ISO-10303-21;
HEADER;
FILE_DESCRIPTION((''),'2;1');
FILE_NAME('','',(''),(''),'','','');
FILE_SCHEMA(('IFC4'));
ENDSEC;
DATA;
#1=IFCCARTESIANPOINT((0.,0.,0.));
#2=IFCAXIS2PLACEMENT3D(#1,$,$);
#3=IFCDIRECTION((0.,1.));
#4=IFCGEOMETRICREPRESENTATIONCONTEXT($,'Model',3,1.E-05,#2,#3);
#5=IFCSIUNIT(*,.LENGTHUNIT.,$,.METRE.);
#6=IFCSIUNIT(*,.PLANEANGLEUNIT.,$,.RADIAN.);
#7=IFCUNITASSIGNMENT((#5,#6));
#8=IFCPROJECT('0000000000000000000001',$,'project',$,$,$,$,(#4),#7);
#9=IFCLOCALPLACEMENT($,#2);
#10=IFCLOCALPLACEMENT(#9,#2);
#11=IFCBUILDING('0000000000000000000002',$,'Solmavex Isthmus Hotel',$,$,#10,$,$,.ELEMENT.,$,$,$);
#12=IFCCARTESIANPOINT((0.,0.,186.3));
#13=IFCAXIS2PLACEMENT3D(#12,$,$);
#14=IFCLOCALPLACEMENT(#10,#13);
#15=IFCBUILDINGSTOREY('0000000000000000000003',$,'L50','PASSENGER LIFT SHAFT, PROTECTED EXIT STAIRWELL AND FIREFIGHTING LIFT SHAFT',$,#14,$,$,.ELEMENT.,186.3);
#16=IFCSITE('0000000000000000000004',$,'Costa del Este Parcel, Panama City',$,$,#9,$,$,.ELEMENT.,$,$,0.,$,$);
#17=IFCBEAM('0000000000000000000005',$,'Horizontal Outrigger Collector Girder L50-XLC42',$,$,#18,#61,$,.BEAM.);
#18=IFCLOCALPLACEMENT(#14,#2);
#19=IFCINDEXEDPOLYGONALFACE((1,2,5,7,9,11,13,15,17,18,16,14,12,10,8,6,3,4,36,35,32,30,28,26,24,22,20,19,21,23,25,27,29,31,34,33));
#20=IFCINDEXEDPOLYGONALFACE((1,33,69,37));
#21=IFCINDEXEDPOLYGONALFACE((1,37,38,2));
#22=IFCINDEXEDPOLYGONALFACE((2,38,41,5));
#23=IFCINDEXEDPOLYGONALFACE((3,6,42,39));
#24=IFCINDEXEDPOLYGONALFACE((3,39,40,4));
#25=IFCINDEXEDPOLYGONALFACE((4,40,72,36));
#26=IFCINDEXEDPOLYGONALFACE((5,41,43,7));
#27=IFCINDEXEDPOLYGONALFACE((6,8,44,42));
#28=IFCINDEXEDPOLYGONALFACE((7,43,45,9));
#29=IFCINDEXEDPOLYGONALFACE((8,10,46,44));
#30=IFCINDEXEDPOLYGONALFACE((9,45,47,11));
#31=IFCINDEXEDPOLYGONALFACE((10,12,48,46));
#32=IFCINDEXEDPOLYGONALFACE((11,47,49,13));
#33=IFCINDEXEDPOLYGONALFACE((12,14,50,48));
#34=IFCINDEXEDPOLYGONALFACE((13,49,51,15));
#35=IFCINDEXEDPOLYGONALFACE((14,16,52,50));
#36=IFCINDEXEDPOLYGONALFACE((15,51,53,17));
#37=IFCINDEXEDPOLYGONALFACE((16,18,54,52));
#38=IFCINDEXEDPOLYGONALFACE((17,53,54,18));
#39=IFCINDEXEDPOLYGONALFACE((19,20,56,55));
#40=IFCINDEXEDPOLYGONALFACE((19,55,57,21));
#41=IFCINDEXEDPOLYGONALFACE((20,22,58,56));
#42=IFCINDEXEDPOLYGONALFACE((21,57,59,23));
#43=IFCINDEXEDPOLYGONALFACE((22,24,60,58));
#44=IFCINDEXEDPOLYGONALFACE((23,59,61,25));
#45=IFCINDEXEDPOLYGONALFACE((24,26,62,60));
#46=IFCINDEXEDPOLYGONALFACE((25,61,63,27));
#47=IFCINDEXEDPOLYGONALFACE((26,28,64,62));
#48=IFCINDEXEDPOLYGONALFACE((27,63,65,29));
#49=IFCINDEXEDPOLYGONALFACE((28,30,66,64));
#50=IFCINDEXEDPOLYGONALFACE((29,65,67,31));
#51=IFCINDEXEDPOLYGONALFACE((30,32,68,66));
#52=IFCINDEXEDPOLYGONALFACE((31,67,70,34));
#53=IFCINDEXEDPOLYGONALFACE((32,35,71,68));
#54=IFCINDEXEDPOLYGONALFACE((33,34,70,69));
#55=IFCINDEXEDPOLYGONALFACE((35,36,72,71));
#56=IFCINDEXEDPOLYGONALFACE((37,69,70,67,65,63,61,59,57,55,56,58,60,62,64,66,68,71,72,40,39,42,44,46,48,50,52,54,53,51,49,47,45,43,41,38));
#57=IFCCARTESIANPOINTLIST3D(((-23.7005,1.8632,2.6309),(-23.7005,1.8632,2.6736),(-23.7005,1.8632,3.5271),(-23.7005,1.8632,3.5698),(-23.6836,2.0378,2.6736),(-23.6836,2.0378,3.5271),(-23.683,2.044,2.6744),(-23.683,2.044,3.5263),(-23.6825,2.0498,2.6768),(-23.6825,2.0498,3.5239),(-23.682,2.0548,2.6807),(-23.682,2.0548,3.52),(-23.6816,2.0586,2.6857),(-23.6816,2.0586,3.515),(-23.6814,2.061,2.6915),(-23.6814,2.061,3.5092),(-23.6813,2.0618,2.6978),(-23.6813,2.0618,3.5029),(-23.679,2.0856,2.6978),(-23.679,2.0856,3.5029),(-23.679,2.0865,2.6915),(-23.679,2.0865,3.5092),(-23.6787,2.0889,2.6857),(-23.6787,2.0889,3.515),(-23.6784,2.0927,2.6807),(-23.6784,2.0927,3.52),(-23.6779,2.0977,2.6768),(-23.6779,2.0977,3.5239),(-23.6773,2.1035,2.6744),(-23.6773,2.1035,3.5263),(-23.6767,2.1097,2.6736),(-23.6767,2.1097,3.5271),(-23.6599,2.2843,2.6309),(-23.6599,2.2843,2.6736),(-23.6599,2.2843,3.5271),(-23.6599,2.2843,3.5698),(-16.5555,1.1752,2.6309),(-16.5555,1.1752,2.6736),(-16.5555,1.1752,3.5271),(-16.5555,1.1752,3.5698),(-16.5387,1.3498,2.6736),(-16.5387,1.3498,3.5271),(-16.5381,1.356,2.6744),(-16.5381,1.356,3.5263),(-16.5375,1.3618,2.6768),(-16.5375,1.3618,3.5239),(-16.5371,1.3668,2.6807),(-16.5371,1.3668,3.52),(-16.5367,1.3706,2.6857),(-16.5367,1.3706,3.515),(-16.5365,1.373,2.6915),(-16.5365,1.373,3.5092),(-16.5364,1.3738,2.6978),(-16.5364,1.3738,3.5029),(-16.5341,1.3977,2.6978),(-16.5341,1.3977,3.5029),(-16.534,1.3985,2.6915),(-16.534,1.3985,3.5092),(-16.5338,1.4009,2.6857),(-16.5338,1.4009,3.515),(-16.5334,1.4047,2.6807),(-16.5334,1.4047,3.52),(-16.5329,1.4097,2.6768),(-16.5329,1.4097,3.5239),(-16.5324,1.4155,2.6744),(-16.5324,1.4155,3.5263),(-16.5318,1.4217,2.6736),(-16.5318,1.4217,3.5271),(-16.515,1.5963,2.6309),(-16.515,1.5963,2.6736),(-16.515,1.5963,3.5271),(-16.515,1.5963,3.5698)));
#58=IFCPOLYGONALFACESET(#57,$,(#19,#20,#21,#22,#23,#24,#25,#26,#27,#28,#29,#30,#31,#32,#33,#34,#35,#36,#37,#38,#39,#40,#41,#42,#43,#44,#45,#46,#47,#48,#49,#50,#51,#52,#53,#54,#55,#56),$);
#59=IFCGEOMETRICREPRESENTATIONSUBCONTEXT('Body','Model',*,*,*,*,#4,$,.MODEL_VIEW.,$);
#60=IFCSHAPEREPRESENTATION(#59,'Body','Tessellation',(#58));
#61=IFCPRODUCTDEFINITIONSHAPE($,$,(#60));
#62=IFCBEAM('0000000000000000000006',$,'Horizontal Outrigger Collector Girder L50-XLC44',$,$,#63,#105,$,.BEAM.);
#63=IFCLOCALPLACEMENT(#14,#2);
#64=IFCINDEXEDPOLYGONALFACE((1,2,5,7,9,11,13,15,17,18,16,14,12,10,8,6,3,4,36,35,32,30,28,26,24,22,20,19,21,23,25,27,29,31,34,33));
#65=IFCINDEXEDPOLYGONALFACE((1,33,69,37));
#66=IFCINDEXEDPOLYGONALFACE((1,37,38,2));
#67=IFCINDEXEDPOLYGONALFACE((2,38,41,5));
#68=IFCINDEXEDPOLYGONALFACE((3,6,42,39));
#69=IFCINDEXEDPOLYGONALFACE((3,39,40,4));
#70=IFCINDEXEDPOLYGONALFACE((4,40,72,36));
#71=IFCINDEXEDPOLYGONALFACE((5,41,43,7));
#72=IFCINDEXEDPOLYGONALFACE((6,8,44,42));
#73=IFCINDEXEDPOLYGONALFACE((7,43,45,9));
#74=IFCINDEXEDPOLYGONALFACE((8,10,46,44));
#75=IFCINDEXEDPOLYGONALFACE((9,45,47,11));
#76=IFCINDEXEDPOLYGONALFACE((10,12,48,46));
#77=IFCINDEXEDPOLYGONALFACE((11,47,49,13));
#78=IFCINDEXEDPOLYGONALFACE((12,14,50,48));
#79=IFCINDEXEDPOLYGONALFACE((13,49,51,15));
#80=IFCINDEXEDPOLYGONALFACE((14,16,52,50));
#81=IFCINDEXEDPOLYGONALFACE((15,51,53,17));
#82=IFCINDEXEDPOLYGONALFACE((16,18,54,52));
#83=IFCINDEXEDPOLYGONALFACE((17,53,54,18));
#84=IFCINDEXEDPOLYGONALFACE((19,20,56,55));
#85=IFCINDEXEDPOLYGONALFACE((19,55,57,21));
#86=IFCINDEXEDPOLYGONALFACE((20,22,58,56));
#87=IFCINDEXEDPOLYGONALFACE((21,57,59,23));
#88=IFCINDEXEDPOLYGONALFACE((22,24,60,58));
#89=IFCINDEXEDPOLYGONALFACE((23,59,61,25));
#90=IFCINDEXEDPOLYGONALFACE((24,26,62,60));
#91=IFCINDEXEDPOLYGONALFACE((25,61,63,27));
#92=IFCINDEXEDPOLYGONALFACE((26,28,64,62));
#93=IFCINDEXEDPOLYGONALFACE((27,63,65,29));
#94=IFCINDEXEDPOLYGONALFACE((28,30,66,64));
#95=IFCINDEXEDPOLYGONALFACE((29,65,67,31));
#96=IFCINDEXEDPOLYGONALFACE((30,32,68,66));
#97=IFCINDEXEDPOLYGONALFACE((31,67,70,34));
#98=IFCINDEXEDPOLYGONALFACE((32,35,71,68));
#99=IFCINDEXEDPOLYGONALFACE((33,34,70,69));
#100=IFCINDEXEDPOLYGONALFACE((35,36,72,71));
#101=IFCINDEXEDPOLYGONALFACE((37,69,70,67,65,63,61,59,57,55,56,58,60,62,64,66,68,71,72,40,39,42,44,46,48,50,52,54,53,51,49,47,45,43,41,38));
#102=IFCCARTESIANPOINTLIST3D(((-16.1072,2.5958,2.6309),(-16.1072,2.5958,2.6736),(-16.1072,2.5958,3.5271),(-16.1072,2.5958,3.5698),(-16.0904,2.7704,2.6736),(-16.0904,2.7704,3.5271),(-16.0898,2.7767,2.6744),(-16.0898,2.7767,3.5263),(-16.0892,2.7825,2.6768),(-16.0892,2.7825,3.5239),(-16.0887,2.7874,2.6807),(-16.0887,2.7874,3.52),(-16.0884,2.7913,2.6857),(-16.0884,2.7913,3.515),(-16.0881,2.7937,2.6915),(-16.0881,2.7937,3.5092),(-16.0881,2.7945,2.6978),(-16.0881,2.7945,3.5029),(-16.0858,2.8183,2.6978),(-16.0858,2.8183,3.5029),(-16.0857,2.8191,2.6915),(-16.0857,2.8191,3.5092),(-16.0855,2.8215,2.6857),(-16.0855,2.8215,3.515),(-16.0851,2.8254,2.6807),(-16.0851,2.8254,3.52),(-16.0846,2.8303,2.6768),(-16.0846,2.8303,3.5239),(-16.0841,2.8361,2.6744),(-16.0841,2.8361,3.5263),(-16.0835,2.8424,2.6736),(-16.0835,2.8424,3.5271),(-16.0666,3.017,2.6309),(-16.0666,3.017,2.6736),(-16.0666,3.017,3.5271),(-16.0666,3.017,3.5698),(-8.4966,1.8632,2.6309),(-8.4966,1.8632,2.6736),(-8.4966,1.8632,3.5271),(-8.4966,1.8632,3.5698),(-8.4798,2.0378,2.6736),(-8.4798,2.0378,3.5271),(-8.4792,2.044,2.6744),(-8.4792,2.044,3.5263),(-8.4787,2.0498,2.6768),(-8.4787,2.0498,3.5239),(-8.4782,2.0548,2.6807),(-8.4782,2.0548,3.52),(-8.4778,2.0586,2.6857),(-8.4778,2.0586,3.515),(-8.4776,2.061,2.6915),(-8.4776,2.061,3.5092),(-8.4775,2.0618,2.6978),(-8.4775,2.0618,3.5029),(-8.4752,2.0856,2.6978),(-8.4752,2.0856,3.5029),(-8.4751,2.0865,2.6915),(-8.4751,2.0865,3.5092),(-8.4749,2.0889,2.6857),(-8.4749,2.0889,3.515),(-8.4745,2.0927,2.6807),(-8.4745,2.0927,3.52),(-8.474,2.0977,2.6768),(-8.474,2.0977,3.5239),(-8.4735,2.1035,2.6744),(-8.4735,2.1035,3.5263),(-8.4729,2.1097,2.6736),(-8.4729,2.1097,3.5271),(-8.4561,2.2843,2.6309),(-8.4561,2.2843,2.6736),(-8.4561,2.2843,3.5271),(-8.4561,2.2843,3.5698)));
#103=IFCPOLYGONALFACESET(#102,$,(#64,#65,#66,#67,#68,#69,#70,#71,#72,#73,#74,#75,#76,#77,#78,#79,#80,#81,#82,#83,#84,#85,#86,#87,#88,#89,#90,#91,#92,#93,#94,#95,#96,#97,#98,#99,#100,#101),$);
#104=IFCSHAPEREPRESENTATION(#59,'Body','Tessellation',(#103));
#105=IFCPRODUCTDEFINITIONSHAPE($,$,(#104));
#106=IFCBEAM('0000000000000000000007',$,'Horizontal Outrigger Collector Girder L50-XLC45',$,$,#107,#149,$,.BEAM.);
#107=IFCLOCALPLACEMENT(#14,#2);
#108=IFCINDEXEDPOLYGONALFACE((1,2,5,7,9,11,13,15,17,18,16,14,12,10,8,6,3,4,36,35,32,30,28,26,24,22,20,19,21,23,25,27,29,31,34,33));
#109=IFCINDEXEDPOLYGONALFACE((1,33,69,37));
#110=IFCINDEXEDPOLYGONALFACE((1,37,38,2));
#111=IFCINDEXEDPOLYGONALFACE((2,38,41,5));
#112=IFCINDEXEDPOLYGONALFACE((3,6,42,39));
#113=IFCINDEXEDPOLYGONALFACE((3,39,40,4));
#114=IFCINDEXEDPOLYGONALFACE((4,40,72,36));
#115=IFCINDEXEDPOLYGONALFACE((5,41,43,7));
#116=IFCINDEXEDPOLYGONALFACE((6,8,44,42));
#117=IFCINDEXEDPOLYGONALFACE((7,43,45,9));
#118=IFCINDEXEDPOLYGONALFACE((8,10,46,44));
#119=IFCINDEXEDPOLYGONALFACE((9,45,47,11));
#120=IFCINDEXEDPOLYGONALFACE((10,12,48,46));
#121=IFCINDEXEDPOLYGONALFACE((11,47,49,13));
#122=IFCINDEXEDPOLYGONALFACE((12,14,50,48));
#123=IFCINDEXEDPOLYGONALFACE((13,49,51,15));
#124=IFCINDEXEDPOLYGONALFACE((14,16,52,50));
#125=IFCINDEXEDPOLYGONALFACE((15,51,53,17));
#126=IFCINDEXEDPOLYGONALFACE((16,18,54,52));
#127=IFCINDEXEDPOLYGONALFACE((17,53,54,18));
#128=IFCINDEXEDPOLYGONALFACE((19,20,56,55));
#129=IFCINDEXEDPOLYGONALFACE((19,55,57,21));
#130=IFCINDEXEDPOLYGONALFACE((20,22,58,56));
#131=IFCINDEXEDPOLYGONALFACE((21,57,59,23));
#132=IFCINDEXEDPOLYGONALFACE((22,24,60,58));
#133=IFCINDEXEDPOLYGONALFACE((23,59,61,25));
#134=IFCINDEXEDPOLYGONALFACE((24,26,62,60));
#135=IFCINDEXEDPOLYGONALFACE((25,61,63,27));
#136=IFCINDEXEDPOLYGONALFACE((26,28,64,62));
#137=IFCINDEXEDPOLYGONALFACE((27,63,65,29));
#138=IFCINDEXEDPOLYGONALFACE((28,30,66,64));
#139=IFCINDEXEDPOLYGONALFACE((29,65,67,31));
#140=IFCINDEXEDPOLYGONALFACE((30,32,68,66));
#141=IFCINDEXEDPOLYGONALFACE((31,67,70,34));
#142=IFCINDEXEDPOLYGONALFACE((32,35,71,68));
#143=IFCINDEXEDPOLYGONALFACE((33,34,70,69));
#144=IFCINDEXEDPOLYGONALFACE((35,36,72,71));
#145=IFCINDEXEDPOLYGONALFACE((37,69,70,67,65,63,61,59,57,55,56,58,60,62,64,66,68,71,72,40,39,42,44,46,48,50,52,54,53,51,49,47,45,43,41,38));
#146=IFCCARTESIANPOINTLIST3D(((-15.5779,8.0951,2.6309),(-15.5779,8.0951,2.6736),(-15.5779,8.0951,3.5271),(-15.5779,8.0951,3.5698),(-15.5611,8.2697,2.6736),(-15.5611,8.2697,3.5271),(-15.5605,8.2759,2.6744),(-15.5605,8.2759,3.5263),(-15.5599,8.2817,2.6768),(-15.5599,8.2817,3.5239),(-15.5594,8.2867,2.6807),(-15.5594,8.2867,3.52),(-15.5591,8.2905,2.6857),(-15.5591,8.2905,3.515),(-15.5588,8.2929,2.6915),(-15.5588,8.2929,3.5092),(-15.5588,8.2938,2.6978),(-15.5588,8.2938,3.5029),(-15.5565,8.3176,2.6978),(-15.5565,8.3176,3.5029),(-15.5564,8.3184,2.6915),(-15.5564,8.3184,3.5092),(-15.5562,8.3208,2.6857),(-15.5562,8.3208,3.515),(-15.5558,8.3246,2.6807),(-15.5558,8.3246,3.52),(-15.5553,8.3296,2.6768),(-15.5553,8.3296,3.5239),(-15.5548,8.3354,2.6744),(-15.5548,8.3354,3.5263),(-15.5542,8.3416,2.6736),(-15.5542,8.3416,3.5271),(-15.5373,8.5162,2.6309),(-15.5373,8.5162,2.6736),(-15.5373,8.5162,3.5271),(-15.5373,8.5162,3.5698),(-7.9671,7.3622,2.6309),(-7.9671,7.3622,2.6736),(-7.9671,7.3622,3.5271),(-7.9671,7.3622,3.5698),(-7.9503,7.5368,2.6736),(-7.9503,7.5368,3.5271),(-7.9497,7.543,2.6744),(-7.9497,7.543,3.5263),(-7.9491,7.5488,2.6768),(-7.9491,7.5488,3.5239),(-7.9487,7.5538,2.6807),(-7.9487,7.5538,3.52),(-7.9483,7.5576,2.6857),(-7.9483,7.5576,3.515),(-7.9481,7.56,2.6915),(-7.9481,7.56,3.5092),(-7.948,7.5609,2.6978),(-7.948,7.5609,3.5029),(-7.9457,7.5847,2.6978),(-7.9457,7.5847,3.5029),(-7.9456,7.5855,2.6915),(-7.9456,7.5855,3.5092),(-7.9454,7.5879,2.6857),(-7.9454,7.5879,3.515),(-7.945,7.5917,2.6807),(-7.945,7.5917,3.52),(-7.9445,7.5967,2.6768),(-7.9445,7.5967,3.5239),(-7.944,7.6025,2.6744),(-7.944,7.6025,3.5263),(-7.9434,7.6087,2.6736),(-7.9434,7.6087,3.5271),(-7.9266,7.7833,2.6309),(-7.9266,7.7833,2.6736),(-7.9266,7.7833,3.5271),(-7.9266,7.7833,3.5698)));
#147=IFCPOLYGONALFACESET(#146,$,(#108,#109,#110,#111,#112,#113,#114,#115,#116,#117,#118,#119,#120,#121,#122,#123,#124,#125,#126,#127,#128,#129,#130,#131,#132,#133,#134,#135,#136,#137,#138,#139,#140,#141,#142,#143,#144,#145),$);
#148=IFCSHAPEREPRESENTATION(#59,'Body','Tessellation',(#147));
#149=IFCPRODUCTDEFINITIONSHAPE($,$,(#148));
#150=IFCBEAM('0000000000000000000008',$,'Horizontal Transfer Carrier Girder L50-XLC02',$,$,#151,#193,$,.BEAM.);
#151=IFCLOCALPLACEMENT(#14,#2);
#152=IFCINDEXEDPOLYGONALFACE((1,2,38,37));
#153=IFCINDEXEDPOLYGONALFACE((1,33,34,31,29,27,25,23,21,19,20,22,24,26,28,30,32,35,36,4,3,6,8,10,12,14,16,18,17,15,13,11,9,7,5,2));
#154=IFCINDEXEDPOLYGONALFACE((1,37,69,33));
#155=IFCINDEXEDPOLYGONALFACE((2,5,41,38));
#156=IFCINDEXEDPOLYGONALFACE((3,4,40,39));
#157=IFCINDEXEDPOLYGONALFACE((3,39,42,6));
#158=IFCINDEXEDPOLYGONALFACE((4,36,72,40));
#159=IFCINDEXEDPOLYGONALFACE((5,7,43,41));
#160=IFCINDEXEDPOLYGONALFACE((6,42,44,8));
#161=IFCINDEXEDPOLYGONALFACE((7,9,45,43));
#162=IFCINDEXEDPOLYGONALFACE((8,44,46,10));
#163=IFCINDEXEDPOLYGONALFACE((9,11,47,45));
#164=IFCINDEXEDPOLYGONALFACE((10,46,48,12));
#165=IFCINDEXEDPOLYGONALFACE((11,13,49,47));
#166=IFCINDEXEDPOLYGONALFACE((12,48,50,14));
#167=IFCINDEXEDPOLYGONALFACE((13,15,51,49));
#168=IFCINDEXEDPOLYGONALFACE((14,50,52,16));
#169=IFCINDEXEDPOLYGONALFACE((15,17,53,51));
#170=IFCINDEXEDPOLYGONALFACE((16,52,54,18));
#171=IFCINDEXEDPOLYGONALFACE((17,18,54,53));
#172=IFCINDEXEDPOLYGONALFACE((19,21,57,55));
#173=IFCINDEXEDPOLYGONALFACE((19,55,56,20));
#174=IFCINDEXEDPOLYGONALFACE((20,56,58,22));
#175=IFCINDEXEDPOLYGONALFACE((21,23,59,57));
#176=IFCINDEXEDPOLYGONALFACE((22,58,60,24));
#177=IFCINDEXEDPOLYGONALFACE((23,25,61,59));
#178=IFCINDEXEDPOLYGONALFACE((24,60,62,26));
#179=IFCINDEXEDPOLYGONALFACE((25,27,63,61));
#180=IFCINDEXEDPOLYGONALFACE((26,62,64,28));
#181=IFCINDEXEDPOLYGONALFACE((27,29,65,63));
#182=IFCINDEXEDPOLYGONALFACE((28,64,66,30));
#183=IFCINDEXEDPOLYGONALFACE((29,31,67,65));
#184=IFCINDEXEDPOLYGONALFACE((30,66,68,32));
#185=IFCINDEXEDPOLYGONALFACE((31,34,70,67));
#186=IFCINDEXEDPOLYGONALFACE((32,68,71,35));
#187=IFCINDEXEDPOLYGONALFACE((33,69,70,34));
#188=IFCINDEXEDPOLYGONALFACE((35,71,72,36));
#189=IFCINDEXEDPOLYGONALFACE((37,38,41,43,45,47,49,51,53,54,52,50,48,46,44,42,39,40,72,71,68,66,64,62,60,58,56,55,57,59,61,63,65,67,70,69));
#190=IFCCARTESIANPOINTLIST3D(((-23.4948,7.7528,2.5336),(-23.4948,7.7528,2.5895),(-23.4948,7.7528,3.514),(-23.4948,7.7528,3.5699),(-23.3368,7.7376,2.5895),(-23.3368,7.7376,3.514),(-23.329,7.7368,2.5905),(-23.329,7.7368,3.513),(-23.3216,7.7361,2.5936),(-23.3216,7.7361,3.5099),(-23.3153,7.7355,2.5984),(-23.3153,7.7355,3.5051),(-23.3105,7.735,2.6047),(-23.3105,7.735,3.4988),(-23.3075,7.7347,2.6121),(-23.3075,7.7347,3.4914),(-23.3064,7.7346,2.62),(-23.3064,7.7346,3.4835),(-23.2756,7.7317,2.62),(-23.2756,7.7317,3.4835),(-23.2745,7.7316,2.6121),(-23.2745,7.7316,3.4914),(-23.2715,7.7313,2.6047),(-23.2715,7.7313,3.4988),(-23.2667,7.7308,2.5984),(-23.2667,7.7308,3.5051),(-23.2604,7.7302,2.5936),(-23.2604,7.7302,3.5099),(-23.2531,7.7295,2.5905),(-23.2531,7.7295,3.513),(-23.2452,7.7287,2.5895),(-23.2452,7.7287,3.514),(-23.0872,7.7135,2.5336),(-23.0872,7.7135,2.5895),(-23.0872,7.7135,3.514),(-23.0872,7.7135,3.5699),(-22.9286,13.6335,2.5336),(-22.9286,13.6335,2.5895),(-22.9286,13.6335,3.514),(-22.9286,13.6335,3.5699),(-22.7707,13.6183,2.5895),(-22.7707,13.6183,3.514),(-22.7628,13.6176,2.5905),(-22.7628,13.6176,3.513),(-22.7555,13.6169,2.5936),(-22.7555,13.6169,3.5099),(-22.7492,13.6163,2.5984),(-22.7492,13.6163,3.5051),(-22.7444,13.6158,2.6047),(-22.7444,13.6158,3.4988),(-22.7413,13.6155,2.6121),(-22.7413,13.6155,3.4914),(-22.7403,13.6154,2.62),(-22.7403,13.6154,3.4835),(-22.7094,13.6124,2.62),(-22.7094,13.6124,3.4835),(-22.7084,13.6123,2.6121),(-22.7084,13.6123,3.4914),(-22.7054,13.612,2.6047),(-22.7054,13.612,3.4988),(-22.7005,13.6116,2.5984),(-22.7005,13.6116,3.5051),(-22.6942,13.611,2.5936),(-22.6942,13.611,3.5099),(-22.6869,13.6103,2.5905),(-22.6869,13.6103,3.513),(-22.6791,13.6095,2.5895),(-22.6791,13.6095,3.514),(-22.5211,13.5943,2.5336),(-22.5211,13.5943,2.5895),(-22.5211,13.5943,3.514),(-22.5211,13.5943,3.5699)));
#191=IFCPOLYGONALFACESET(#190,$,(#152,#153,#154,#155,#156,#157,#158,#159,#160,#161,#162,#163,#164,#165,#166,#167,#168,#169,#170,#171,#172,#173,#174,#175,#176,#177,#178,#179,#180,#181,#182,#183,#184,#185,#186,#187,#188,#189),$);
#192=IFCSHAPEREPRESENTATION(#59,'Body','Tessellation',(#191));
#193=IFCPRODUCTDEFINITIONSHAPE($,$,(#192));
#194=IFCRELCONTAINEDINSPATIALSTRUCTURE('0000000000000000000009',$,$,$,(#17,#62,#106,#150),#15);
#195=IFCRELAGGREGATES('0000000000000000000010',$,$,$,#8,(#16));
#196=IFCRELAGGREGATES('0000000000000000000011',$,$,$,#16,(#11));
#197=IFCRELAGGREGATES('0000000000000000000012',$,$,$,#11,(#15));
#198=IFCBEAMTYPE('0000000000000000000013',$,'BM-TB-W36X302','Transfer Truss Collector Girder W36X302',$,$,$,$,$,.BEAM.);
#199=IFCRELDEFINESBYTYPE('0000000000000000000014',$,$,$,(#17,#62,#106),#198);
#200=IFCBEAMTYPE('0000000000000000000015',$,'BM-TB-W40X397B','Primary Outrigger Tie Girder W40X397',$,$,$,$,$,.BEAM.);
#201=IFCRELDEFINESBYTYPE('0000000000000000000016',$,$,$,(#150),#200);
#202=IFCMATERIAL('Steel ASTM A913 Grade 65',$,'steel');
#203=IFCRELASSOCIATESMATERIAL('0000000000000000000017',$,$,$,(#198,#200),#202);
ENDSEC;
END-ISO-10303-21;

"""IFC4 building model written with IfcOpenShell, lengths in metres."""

from ifc_helpers import new_model, si_unit, direction, frame, origin, origin_2d, place, context, subcontext, project, spatial, i_section, extrude, material, material_profile, profile_set, type_object, element, save


model = new_model("IFC4")

# Units and contexts
model_context = context("Model", 3, precision=1e-05, world=origin(), true_north=direction((0.0, 1.0)))
body_context = subcontext(model_context, "Body", "Model", "MODEL_VIEW")
ifc_project = project(units=[si_unit("LENGTHUNIT", "METRE"), si_unit("PLANEANGLEUNIT", "RADIAN")], contexts=[model_context])

# Site, building, storey
site_placement = place(None, origin())
site = spatial("IfcSite", under=ifc_project, at=site_placement, Name="Costa del Este Parcel, Panama City", CompositionType="ELEMENT", RefElevation=0.0)
building_placement = place(site_placement, origin())
building = spatial("IfcBuilding", under=site, at=building_placement, Name="Solmavex Isthmus Hotel", CompositionType="ELEMENT")
storey_placement = place(building_placement, frame((0.0, 0.0, 186.3)))
storey = spatial("IfcBuildingStorey", under=building, at=storey_placement, Name="L50", Description="PASSENGER LIFT SHAFT, PROTECTED EXIT STAIRWELL AND FIREFIGHTING LIFT SHAFT", CompositionType="ELEMENT", Elevation=186.3)

# Shared definitions
ifc_material_1 = material(Name="Steel ASTM A913 Grade 65", Category="steel")

# Beams
ifc_material_profile_1 = material_profile(ifc_material_1, i_section(OverallWidth=0.4231, OverallDepth=0.939, WebThickness=0.0239, FlangeThickness=0.0427, FilletRadius=0.0242, at=origin_2d()), Name="W36X302")
ifc_profile_set_1 = profile_set([ifc_material_profile_1], Name="Steel ASTM A913 Grade 65")
beam_type_1 = type_object("IfcBeamType", Name="BM-TB-W36X302", Description="Transfer Truss Collector Girder W36X302", PredefinedType="BEAM", material=ifc_profile_set_1)
for number, where, z_axis, x_axis, name in (
    (1, (-23.6802, 2.0737, 3.1003), (0.995396, -0.095846, 0.0), (0.095846, 0.995396, 0.0), "Horizontal Outrigger Collector Girder L50-XLC42"),
):
    element("IfcBeam", number, at=place(storey_placement, frame(where, z_axis=z_axis, x_axis=x_axis)), inside=storey, type_object=beam_type_1, Name=name, PredefinedType="BEAM", context=body_context, shape_type="SweptSolid", body=[
        extrude(i_section(OverallWidth=0.4231, OverallDepth=0.939, WebThickness=0.0239, FlangeThickness=0.0427, FilletRadius=0.0242, at=origin_2d()), origin(), (0.0, 0.0, 1.0), 7.178),
    ])
beam_1_placement = place(storey_placement, frame((-16.0869, 2.8064, 3.1003), z_axis=(0.995398, -0.095826, 0.0), x_axis=(0.095826, 0.995398, 0.0)))
element("IfcBeam", 2, at=beam_1_placement, inside=storey, type_object=beam_type_1, Name="Horizontal Outrigger Collector Girder L50-XLC44", PredefinedType="BEAM", context=body_context, shape_type="SweptSolid", body=[
    extrude(i_section(OverallWidth=0.4231, OverallDepth=0.939, WebThickness=0.0239, FlangeThickness=0.0427, FilletRadius=0.0242, at=origin_2d()), origin(), (0.0, 0.0, 1.0), 7.6458),
])
beam_2_placement = place(storey_placement, frame((-15.5576, 8.3057, 3.1003), z_axis=(0.995395, -0.095855, 0.0), x_axis=(0.095855, 0.995395, 0.0)))
element("IfcBeam", 3, at=beam_2_placement, inside=storey, type_object=beam_type_1, Name="Horizontal Outrigger Collector Girder L50-XLC45", PredefinedType="BEAM", context=body_context, shape_type="SweptSolid", body=[
    extrude(i_section(OverallWidth=0.4231, OverallDepth=0.939, WebThickness=0.0239, FlangeThickness=0.0427, FilletRadius=0.0242, at=origin_2d()), origin(), (0.0, 0.0, 1.0), 7.646),
])
ifc_material_profile_2 = material_profile(ifc_material_1, i_section(OverallWidth=0.4094, OverallDepth=1.0364, WebThickness=0.031, FlangeThickness=0.0559, FilletRadius=0.0305, at=origin_2d()), Name="W40X397")
ifc_profile_set_2 = profile_set([ifc_material_profile_2], Name="Steel ASTM A913 Grade 65")
beam_type_2 = type_object("IfcBeamType", Name="BM-TB-W40X397B", Description="Primary Outrigger Tie Girder W40X397", PredefinedType="BEAM", material=ifc_profile_set_2)
for number, where, z_axis, x_axis, name in (
    (4, (-23.291, 7.7332, 3.0518), (0.095829, 0.995398, 0.0), (-0.995398, 0.095829, 0.0), "Horizontal Transfer Carrier Girder L50-XLC02"),
):
    element("IfcBeam", number, at=place(storey_placement, frame(where, z_axis=z_axis, x_axis=x_axis)), inside=storey, type_object=beam_type_2, Name=name, PredefinedType="BEAM", context=body_context, shape_type="SweptSolid", body=[
        extrude(i_section(OverallWidth=0.4094, OverallDepth=1.0364, WebThickness=0.031, FlangeThickness=0.0559, FilletRadius=0.0305, at=origin_2d()), origin(), (0.0, 0.0, 1.0), 5.908),
    ])

save(model, "model.ifc")
